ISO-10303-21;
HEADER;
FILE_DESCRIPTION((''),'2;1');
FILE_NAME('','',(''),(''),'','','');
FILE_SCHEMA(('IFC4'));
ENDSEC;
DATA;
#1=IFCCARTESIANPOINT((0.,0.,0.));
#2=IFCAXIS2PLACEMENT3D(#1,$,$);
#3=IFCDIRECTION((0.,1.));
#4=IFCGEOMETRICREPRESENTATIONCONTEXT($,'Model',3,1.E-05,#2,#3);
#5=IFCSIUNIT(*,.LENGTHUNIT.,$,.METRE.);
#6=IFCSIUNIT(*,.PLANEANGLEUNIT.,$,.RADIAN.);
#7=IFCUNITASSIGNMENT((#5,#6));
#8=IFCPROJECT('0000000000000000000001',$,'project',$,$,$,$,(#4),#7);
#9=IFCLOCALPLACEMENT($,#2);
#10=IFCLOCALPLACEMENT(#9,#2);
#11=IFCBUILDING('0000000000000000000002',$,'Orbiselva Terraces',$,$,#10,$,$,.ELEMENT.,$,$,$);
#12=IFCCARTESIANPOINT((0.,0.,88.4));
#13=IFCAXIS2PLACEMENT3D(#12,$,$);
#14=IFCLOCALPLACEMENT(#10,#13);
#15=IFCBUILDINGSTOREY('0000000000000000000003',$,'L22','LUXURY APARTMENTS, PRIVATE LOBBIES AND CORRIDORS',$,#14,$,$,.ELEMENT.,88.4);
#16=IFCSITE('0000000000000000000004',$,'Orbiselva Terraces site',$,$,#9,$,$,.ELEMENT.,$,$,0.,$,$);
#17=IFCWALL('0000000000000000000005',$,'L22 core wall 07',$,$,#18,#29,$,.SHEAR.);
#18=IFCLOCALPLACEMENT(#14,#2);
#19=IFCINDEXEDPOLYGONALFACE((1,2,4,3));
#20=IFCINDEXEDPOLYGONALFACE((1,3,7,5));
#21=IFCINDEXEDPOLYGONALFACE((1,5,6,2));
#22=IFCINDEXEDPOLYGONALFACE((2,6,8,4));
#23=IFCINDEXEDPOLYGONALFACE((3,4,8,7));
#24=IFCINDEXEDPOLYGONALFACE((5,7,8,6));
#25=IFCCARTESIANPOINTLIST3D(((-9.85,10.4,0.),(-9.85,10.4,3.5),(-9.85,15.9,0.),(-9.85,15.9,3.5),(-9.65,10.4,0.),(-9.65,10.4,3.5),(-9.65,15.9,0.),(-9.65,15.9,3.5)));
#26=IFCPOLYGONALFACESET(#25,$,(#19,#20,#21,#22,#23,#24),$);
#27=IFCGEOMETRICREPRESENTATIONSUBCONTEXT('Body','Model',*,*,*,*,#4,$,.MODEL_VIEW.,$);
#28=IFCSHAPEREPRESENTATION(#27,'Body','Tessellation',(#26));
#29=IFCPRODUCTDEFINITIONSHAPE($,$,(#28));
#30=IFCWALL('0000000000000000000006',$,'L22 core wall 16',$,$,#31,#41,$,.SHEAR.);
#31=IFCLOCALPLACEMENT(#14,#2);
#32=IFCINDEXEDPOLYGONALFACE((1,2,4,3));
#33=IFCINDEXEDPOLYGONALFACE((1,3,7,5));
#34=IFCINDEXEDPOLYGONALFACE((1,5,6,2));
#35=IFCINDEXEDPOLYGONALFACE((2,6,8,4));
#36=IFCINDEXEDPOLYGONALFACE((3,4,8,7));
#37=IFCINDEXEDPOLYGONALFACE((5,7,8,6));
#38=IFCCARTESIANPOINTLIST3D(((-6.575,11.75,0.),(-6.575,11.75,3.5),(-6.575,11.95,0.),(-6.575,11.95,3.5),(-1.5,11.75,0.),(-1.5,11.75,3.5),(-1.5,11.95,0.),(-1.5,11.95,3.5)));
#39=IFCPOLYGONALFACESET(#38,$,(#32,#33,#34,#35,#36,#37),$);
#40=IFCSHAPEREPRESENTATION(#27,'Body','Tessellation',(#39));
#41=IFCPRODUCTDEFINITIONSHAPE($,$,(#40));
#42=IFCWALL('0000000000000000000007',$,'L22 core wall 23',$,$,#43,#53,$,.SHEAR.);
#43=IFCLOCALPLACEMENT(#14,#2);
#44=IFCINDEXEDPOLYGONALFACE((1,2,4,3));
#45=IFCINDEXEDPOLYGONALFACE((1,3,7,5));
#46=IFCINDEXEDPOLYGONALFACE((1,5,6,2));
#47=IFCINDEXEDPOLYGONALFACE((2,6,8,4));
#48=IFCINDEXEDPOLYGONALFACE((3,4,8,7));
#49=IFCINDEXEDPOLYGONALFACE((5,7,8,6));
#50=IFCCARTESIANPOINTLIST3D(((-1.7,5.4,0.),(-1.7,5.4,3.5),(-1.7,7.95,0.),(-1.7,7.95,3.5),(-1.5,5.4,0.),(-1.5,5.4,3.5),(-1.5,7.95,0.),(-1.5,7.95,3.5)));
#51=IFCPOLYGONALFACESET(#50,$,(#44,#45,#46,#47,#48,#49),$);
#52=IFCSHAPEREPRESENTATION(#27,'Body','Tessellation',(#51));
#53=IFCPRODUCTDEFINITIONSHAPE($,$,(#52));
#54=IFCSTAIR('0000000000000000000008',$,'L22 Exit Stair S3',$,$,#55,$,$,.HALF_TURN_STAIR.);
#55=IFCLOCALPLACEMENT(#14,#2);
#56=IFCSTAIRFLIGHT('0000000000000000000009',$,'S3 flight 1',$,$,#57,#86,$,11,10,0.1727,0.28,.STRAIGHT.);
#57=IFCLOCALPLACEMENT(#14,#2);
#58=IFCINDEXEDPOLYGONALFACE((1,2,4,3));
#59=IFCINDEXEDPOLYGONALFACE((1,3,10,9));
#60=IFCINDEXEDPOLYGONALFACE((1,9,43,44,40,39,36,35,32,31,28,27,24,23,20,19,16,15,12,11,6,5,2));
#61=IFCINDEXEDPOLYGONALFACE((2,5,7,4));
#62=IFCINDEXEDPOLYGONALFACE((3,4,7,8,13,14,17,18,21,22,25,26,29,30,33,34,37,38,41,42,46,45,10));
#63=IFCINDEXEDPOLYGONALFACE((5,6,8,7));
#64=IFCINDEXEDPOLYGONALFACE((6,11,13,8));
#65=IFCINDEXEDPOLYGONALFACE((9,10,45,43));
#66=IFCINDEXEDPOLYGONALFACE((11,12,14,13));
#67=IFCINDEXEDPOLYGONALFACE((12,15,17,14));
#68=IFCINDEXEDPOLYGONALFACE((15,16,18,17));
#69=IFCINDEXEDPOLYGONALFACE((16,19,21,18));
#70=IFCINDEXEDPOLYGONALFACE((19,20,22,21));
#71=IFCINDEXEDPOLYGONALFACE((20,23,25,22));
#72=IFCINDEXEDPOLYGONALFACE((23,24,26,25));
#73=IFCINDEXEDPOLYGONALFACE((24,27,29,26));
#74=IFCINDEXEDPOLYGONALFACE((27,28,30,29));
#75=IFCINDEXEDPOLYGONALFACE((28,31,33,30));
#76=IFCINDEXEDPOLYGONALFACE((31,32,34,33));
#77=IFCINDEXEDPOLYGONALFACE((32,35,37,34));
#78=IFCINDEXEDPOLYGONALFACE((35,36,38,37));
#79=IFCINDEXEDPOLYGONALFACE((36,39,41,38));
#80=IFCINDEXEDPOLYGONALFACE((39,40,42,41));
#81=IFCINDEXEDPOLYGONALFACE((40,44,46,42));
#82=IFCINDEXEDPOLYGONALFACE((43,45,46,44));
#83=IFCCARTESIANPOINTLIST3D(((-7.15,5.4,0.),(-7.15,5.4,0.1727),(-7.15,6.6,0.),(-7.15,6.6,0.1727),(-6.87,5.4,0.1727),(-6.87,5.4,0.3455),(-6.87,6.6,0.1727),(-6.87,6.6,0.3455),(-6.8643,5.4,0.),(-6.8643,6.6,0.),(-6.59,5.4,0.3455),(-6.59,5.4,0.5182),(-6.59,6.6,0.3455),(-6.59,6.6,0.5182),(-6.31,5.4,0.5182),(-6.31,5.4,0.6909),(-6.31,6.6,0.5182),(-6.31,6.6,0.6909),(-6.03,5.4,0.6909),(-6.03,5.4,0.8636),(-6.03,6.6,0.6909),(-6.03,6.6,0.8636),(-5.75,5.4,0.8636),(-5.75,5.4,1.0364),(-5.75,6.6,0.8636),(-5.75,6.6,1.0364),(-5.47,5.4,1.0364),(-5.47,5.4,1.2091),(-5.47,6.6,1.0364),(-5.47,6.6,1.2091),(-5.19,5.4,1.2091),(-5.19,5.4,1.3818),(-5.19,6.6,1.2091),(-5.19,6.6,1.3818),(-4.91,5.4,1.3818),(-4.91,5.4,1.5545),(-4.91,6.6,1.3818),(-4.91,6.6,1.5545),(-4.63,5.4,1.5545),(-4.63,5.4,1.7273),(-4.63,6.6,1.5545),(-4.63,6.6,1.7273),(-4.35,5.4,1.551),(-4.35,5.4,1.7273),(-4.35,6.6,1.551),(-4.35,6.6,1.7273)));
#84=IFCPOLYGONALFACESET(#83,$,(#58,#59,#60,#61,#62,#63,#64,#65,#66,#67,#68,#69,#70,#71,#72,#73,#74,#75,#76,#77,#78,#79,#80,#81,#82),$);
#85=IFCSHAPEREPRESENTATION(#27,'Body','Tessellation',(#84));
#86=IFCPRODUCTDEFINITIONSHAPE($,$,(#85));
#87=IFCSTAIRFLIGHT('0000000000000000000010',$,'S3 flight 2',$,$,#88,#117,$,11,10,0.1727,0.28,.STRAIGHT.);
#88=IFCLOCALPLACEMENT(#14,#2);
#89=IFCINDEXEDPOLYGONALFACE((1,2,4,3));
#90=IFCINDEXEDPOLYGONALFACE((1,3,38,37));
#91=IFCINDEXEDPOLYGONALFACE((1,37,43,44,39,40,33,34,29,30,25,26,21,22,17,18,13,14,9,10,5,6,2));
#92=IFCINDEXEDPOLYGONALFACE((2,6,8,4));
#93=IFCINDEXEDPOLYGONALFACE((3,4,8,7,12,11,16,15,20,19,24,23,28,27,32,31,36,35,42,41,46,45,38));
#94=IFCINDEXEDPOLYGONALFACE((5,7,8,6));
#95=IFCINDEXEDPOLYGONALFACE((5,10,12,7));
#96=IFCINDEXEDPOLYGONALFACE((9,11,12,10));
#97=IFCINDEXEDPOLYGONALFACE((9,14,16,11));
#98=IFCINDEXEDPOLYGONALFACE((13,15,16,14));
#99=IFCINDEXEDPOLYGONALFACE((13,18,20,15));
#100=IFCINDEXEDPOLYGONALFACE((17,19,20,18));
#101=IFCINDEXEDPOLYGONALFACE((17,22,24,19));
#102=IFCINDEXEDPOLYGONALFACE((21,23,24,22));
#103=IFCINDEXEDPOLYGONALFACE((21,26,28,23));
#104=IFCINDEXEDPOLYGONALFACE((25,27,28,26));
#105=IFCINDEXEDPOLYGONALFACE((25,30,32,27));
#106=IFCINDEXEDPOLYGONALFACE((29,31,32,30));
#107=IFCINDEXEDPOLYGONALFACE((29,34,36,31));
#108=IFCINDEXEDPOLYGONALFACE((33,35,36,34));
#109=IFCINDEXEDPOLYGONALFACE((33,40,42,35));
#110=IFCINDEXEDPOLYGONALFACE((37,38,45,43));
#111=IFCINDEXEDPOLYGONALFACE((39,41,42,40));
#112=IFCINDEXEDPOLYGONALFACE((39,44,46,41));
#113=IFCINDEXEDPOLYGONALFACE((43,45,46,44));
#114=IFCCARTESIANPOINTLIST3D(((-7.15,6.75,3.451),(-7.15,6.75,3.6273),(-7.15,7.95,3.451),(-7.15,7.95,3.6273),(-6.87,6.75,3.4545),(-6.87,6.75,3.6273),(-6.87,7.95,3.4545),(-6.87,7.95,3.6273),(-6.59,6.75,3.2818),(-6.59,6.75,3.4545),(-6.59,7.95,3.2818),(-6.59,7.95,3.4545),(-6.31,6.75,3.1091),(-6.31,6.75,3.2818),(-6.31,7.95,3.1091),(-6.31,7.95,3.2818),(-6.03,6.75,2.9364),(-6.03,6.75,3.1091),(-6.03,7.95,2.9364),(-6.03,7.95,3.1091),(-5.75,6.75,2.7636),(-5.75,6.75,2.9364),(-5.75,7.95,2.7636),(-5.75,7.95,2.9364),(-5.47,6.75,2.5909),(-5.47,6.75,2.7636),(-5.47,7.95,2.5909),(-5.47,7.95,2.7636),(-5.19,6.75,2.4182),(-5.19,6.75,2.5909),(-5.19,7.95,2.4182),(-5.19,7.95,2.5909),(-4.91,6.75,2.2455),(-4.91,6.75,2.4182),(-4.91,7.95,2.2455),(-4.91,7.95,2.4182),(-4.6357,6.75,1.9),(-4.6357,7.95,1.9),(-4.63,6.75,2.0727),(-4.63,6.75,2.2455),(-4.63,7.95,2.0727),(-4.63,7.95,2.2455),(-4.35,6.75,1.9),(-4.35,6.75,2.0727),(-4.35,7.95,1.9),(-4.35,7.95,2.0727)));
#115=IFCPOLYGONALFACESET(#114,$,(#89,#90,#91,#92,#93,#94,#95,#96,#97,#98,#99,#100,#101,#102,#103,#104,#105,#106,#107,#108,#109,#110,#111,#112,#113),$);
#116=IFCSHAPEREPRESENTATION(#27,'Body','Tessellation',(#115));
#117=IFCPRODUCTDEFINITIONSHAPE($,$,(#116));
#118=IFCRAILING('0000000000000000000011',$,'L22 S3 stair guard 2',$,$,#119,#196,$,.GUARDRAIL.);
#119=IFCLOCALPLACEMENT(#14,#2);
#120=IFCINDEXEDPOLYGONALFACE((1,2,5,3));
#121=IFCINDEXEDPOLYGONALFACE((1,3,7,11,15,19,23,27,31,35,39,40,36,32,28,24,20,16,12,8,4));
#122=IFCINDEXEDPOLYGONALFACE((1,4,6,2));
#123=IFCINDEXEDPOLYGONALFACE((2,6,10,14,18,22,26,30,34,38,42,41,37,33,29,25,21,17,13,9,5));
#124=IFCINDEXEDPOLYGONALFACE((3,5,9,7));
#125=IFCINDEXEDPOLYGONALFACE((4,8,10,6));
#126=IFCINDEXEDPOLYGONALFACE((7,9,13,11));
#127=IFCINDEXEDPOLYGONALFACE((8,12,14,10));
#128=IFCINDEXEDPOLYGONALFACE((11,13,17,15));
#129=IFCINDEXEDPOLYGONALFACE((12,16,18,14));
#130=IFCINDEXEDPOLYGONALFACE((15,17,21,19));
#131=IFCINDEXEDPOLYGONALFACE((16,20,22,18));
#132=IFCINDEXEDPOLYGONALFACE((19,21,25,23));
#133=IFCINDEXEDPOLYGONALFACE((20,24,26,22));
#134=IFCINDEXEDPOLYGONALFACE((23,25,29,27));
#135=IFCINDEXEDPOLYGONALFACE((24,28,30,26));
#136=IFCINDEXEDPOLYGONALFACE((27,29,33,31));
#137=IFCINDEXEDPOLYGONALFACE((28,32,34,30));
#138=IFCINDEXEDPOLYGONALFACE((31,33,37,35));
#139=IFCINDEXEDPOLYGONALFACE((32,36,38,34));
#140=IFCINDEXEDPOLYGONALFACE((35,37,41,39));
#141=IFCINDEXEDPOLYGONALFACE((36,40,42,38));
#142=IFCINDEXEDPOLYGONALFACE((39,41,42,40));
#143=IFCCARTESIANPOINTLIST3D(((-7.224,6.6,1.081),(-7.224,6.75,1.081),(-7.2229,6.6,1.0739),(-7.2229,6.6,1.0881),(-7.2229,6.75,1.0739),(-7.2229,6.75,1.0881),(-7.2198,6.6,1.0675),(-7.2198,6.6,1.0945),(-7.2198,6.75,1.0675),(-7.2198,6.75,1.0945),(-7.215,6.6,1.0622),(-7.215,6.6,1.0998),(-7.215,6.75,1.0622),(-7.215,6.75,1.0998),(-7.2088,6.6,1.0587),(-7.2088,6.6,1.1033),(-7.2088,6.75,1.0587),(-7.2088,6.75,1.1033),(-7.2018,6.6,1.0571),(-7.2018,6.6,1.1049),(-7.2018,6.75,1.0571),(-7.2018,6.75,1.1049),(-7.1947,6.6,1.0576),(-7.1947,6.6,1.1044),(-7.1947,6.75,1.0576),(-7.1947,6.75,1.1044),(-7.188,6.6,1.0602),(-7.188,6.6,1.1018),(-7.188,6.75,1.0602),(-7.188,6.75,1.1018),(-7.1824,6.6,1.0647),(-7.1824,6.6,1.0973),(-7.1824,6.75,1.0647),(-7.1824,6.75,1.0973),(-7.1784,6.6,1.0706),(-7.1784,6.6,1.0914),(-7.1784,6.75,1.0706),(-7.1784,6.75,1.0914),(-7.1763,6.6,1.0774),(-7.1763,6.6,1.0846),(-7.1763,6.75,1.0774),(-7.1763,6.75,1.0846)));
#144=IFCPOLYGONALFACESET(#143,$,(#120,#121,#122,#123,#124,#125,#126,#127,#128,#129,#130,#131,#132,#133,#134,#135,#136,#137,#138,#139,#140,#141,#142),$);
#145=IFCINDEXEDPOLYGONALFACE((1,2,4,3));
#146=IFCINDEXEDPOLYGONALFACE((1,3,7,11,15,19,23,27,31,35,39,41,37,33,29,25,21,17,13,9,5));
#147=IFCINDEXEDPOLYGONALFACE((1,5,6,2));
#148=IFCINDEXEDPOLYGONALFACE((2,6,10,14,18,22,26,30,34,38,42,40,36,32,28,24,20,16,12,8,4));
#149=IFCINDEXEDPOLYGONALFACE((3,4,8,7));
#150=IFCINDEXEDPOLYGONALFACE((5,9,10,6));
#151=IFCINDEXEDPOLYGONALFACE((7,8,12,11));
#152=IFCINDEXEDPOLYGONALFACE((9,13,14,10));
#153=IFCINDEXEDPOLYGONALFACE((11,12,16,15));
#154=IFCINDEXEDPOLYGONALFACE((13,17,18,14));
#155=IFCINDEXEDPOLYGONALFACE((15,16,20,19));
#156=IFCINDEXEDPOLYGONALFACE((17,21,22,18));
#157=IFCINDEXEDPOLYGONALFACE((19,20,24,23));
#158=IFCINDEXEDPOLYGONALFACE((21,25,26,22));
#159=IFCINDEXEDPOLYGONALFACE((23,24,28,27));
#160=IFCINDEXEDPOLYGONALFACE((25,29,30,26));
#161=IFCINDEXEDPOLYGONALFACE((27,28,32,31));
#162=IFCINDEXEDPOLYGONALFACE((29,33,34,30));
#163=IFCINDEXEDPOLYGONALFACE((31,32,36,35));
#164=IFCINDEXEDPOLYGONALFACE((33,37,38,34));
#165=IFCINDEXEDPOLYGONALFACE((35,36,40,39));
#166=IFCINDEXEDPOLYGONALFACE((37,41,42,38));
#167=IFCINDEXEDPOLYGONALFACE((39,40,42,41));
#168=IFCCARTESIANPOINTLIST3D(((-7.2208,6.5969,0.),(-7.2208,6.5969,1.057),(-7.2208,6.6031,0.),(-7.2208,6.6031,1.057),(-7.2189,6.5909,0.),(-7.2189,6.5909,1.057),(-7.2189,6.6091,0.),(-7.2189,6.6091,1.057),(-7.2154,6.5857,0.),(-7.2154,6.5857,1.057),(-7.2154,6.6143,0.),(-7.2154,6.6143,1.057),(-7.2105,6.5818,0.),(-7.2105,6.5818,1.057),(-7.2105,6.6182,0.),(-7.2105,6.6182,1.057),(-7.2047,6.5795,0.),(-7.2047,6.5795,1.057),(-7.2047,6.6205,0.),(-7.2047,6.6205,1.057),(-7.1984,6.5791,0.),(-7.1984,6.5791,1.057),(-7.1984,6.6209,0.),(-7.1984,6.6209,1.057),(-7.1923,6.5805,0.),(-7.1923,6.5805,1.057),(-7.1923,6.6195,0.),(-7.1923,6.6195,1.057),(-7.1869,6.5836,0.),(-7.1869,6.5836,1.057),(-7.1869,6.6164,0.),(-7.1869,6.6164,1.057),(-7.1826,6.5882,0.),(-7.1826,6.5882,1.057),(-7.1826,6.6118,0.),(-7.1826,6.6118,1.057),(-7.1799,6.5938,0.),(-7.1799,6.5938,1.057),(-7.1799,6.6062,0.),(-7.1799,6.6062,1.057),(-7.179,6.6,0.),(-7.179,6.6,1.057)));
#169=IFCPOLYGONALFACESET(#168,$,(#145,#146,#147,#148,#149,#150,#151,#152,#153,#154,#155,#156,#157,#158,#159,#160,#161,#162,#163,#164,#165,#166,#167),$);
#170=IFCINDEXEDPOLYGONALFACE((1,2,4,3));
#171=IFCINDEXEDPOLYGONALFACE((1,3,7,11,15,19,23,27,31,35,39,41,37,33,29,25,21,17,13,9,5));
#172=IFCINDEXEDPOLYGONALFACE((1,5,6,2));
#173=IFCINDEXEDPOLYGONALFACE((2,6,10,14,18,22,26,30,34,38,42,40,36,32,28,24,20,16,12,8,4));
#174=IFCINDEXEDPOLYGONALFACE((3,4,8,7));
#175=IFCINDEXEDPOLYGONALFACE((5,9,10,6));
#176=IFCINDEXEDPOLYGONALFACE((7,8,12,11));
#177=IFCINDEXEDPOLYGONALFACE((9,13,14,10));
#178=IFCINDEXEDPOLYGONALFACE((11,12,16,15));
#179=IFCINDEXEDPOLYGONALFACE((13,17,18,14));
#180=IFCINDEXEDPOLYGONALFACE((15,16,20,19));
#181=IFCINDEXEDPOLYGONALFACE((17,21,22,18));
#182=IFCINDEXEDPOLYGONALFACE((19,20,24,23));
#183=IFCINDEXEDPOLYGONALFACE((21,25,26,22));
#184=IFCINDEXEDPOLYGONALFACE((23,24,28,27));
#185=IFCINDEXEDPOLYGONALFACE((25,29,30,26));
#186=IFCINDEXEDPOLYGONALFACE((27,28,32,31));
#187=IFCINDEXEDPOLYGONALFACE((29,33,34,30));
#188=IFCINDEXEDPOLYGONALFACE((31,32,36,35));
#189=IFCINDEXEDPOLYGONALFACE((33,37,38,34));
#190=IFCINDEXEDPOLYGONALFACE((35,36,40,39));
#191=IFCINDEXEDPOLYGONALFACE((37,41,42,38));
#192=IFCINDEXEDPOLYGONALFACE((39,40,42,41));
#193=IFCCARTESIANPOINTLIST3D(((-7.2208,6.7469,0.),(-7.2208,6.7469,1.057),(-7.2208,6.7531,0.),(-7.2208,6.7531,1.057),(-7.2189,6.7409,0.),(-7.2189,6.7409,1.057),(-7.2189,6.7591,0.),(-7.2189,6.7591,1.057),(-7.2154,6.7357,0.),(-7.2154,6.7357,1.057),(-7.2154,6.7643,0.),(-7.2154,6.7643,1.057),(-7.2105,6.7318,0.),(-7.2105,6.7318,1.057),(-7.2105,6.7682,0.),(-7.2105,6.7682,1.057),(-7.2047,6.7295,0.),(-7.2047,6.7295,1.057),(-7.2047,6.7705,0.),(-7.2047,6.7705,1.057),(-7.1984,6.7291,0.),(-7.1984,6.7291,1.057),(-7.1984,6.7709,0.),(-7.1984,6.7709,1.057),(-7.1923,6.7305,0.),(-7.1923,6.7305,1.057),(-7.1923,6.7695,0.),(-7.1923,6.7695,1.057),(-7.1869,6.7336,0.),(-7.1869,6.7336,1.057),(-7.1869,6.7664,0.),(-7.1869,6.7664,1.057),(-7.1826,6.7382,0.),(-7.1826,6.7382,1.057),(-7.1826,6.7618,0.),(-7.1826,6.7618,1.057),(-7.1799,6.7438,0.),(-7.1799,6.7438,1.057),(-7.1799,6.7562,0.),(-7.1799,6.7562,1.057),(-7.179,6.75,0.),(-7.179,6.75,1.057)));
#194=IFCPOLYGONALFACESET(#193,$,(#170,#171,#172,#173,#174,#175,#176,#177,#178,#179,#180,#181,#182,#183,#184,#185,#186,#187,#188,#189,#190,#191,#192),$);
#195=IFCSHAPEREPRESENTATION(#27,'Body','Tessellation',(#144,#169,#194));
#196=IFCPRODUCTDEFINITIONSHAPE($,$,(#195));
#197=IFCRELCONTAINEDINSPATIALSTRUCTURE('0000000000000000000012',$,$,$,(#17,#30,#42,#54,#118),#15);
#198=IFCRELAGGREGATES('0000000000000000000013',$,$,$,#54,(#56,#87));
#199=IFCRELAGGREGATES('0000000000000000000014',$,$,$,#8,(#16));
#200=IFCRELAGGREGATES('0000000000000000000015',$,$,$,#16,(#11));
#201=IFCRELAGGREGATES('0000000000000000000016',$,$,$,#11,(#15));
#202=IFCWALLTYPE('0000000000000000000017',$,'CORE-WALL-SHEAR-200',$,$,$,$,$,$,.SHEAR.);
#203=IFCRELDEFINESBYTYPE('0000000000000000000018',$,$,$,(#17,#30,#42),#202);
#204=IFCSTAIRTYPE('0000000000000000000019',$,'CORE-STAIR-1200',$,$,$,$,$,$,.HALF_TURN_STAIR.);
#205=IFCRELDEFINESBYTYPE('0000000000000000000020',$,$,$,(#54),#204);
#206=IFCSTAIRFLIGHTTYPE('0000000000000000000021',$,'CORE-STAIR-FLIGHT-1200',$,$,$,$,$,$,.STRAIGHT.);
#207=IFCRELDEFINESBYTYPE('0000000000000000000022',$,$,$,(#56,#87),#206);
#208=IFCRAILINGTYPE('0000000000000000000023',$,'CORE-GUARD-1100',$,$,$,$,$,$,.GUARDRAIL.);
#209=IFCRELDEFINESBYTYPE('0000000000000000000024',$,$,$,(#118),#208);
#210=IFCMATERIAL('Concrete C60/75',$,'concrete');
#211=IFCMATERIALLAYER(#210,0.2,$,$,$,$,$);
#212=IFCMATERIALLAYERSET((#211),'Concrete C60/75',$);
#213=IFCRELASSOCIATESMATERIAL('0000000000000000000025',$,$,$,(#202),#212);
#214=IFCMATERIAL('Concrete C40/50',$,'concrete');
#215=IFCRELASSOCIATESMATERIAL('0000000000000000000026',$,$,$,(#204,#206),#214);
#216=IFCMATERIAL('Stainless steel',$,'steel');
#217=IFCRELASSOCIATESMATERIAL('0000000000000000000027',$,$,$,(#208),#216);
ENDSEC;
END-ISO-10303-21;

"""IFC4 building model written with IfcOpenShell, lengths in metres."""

from ifc_helpers import new_model, si_unit, direction, frame, frame_2d, origin, origin_2d, place, context, subcontext, project, spatial, polyline, rectangle, circle, outline, extrude, material, layer, layer_set, type_object, element, aggregate, save


model = new_model("IFC4")

# Units and contexts
model_context = context("Model", 3, precision=1e-05, world=origin(), true_north=direction((0.0, 1.0)))
body_context = subcontext(model_context, "Body", "Model", "MODEL_VIEW")
ifc_project = project(units=[si_unit("LENGTHUNIT", "METRE"), si_unit("PLANEANGLEUNIT", "RADIAN")], contexts=[model_context])

# Site, building, storey
site_placement = place(None, origin())
site = spatial("IfcSite", under=ifc_project, at=site_placement, Name="Orbiselva Terraces site", CompositionType="ELEMENT", RefElevation=0.0)
building_placement = place(site_placement, origin())
building = spatial("IfcBuilding", under=site, at=building_placement, Name="Orbiselva Terraces", CompositionType="ELEMENT")
storey_placement = place(building_placement, frame((0.0, 0.0, 88.4)))
storey = spatial("IfcBuildingStorey", under=building, at=storey_placement, Name="L22", Description="LUXURY APARTMENTS, PRIVATE LOBBIES AND CORRIDORS", CompositionType="ELEMENT", Elevation=88.4)

# Walls
ifc_material_1 = material(Name="Concrete C60/75", Category="concrete")
ifc_layer_1 = layer(ifc_material_1, 0.2)
ifc_layer_set_1 = layer_set([ifc_layer_1], Name="Concrete C60/75")
wall_type_1 = type_object("IfcWallType", Name="CORE-WALL-SHEAR-200", PredefinedType="SHEAR", material=ifc_layer_set_1)
wall_1_placement = place(storey_placement, frame((-9.75, 10.4, 0.0), z_axis=(0.0, 0.0, 1.0), x_axis=(0.0, 1.0, 0.0)))
element("IfcWall", 1, at=wall_1_placement, inside=storey, type_object=wall_type_1, Name="L22 core wall 07", PredefinedType="SHEAR", context=body_context, shape_type="SweptSolid", body=[
    extrude(rectangle(XDim=5.5, YDim=0.2, at=frame_2d((2.75, 0.0))), origin(), (0.0, 0.0, 1.0), 3.5),
])
wall_2_placement = place(storey_placement, frame((-6.575, 11.85, 0.0), z_axis=(0.0, 0.0, 1.0), x_axis=(1.0, 0.0, 0.0)))
element("IfcWall", 2, at=wall_2_placement, inside=storey, type_object=wall_type_1, Name="L22 core wall 16", PredefinedType="SHEAR", context=body_context, shape_type="SweptSolid", body=[
    extrude(rectangle(XDim=5.075, YDim=0.2, at=frame_2d((2.5375, 0.0))), origin(), (0.0, 0.0, 1.0), 3.5),
])
wall_3_placement = place(storey_placement, frame((-1.6, 5.4, 0.0), z_axis=(0.0, 0.0, 1.0), x_axis=(0.0, 1.0, 0.0)))
element("IfcWall", 3, at=wall_3_placement, inside=storey, type_object=wall_type_1, Name="L22 core wall 23", PredefinedType="SHEAR", context=body_context, shape_type="SweptSolid", body=[
    extrude(rectangle(XDim=2.55, YDim=0.2, at=frame_2d((1.275, 0.0))), origin(), (0.0, 0.0, 1.0), 3.5),
])

# Stair, stair flights
ifc_material_2 = material(Name="Concrete C40/50", Category="concrete")
stair_type = type_object("IfcStairType", Name="CORE-STAIR-1200", PredefinedType="HALF_TURN_STAIR", material=ifc_material_2)
stair_placement = place(storey_placement, origin())
stair = element("IfcStair", 4, at=stair_placement, inside=storey, type_object=stair_type, Name="L22 Exit Stair S3", PredefinedType="HALF_TURN_STAIR")
stair_flight_type = type_object("IfcStairFlightType", Name="CORE-STAIR-FLIGHT-1200", PredefinedType="STRAIGHT", material=ifc_material_2)
stair_flight_1_placement = place(storey_placement, frame((-7.15, 6.0, 0.0), z_axis=(0.0, 0.0, 1.0), x_axis=(1.0, 0.0, 0.0)))
stair_flight_1 = element("IfcStairFlight", 5, at=stair_flight_1_placement, type_object=stair_flight_type, Name="S3 flight 1", NumberOfRisers=11, NumberOfTreads=10, PredefinedType="STRAIGHT", RiserHeight=0.1727, TreadLength=0.28, context=body_context, shape_type="SweptSolid", body=[
    extrude(outline(polyline([(0.0, 0.0), (0.0, 0.1727), (0.28, 0.1727), (0.28, 0.3455), (0.56, 0.3455), (0.56, 0.5182), (0.84, 0.5182), (0.84, 0.6909), (1.12, 0.6909), (1.12, 0.8636), (1.4, 0.8636), (1.4, 1.0364), (1.68, 1.0364), (1.68, 1.2091), (1.96, 1.2091), (1.96, 1.3818), (2.24, 1.3818), (2.24, 1.5545), (2.52, 1.5545), (2.52, 1.7273), (2.8, 1.7273), (2.8, 1.9), (2.8, 1.551), (0.2857, 0.0), (0.0, 0.0)])), frame((0.0, 0.6, 0.0), z_axis=(0.0, -1.0, 0.0), x_axis=(1.0, 0.0, 0.0)), (0.0, 0.0, 1.0), 1.2),
])
stair_flight_2_placement = place(storey_placement, frame((-4.35, 7.35, 1.9), z_axis=(0.0, 0.0, 1.0), x_axis=(-1.0, 0.0, 0.0)))
stair_flight_2 = element("IfcStairFlight", 6, at=stair_flight_2_placement, type_object=stair_flight_type, Name="S3 flight 2", NumberOfRisers=11, NumberOfTreads=10, PredefinedType="STRAIGHT", RiserHeight=0.1727, TreadLength=0.28, context=body_context, shape_type="SweptSolid", body=[
    extrude(outline(polyline([(0.0, 0.0), (0.0, 0.1727), (0.28, 0.1727), (0.28, 0.3455), (0.56, 0.3455), (0.56, 0.5182), (0.84, 0.5182), (0.84, 0.6909), (1.12, 0.6909), (1.12, 0.8636), (1.4, 0.8636), (1.4, 1.0364), (1.68, 1.0364), (1.68, 1.2091), (1.96, 1.2091), (1.96, 1.3818), (2.24, 1.3818), (2.24, 1.5545), (2.52, 1.5545), (2.52, 1.7273), (2.8, 1.7273), (2.8, 1.9), (2.8, 1.551), (0.2857, 0.0), (0.0, 0.0)])), frame((0.0, 0.6, 0.0), z_axis=(0.0, -1.0, 0.0), x_axis=(1.0, 0.0, 0.0)), (0.0, 0.0, 1.0), 1.2),
])
aggregate(stair, [stair_flight_1, stair_flight_2])

# Railing
ifc_material_3 = material(Name="Stainless steel", Category="steel")
railing_type_1 = type_object("IfcRailingType", Name="CORE-GUARD-1100", PredefinedType="GUARDRAIL", material=ifc_material_3)
railing_1_placement = place(storey_placement, frame((-7.2, 6.6, 0.0)))
element("IfcRailing", 7, at=railing_1_placement, inside=storey, type_object=railing_type_1, Name="L22 S3 stair guard 2", PredefinedType="GUARDRAIL", context=body_context, shape_type="SweptSolid", body=[
    extrude(circle(Radius=0.024, at=origin_2d()), frame((0.0, 0.0, 1.081), z_axis=(0.0, 1.0, 0.0), x_axis=(-1.0, 0.0, 0.0)), (0.0, 0.0, 1.0), 0.15),
    extrude(circle(Radius=0.021, at=origin_2d()), origin(), (0.0, 0.0, 1.0), 1.057),
    extrude(circle(Radius=0.021, at=origin_2d()), frame((0.0, 0.15, 0.0)), (0.0, 0.0, 1.0), 1.057),
])

save(model, "model.ifc")
